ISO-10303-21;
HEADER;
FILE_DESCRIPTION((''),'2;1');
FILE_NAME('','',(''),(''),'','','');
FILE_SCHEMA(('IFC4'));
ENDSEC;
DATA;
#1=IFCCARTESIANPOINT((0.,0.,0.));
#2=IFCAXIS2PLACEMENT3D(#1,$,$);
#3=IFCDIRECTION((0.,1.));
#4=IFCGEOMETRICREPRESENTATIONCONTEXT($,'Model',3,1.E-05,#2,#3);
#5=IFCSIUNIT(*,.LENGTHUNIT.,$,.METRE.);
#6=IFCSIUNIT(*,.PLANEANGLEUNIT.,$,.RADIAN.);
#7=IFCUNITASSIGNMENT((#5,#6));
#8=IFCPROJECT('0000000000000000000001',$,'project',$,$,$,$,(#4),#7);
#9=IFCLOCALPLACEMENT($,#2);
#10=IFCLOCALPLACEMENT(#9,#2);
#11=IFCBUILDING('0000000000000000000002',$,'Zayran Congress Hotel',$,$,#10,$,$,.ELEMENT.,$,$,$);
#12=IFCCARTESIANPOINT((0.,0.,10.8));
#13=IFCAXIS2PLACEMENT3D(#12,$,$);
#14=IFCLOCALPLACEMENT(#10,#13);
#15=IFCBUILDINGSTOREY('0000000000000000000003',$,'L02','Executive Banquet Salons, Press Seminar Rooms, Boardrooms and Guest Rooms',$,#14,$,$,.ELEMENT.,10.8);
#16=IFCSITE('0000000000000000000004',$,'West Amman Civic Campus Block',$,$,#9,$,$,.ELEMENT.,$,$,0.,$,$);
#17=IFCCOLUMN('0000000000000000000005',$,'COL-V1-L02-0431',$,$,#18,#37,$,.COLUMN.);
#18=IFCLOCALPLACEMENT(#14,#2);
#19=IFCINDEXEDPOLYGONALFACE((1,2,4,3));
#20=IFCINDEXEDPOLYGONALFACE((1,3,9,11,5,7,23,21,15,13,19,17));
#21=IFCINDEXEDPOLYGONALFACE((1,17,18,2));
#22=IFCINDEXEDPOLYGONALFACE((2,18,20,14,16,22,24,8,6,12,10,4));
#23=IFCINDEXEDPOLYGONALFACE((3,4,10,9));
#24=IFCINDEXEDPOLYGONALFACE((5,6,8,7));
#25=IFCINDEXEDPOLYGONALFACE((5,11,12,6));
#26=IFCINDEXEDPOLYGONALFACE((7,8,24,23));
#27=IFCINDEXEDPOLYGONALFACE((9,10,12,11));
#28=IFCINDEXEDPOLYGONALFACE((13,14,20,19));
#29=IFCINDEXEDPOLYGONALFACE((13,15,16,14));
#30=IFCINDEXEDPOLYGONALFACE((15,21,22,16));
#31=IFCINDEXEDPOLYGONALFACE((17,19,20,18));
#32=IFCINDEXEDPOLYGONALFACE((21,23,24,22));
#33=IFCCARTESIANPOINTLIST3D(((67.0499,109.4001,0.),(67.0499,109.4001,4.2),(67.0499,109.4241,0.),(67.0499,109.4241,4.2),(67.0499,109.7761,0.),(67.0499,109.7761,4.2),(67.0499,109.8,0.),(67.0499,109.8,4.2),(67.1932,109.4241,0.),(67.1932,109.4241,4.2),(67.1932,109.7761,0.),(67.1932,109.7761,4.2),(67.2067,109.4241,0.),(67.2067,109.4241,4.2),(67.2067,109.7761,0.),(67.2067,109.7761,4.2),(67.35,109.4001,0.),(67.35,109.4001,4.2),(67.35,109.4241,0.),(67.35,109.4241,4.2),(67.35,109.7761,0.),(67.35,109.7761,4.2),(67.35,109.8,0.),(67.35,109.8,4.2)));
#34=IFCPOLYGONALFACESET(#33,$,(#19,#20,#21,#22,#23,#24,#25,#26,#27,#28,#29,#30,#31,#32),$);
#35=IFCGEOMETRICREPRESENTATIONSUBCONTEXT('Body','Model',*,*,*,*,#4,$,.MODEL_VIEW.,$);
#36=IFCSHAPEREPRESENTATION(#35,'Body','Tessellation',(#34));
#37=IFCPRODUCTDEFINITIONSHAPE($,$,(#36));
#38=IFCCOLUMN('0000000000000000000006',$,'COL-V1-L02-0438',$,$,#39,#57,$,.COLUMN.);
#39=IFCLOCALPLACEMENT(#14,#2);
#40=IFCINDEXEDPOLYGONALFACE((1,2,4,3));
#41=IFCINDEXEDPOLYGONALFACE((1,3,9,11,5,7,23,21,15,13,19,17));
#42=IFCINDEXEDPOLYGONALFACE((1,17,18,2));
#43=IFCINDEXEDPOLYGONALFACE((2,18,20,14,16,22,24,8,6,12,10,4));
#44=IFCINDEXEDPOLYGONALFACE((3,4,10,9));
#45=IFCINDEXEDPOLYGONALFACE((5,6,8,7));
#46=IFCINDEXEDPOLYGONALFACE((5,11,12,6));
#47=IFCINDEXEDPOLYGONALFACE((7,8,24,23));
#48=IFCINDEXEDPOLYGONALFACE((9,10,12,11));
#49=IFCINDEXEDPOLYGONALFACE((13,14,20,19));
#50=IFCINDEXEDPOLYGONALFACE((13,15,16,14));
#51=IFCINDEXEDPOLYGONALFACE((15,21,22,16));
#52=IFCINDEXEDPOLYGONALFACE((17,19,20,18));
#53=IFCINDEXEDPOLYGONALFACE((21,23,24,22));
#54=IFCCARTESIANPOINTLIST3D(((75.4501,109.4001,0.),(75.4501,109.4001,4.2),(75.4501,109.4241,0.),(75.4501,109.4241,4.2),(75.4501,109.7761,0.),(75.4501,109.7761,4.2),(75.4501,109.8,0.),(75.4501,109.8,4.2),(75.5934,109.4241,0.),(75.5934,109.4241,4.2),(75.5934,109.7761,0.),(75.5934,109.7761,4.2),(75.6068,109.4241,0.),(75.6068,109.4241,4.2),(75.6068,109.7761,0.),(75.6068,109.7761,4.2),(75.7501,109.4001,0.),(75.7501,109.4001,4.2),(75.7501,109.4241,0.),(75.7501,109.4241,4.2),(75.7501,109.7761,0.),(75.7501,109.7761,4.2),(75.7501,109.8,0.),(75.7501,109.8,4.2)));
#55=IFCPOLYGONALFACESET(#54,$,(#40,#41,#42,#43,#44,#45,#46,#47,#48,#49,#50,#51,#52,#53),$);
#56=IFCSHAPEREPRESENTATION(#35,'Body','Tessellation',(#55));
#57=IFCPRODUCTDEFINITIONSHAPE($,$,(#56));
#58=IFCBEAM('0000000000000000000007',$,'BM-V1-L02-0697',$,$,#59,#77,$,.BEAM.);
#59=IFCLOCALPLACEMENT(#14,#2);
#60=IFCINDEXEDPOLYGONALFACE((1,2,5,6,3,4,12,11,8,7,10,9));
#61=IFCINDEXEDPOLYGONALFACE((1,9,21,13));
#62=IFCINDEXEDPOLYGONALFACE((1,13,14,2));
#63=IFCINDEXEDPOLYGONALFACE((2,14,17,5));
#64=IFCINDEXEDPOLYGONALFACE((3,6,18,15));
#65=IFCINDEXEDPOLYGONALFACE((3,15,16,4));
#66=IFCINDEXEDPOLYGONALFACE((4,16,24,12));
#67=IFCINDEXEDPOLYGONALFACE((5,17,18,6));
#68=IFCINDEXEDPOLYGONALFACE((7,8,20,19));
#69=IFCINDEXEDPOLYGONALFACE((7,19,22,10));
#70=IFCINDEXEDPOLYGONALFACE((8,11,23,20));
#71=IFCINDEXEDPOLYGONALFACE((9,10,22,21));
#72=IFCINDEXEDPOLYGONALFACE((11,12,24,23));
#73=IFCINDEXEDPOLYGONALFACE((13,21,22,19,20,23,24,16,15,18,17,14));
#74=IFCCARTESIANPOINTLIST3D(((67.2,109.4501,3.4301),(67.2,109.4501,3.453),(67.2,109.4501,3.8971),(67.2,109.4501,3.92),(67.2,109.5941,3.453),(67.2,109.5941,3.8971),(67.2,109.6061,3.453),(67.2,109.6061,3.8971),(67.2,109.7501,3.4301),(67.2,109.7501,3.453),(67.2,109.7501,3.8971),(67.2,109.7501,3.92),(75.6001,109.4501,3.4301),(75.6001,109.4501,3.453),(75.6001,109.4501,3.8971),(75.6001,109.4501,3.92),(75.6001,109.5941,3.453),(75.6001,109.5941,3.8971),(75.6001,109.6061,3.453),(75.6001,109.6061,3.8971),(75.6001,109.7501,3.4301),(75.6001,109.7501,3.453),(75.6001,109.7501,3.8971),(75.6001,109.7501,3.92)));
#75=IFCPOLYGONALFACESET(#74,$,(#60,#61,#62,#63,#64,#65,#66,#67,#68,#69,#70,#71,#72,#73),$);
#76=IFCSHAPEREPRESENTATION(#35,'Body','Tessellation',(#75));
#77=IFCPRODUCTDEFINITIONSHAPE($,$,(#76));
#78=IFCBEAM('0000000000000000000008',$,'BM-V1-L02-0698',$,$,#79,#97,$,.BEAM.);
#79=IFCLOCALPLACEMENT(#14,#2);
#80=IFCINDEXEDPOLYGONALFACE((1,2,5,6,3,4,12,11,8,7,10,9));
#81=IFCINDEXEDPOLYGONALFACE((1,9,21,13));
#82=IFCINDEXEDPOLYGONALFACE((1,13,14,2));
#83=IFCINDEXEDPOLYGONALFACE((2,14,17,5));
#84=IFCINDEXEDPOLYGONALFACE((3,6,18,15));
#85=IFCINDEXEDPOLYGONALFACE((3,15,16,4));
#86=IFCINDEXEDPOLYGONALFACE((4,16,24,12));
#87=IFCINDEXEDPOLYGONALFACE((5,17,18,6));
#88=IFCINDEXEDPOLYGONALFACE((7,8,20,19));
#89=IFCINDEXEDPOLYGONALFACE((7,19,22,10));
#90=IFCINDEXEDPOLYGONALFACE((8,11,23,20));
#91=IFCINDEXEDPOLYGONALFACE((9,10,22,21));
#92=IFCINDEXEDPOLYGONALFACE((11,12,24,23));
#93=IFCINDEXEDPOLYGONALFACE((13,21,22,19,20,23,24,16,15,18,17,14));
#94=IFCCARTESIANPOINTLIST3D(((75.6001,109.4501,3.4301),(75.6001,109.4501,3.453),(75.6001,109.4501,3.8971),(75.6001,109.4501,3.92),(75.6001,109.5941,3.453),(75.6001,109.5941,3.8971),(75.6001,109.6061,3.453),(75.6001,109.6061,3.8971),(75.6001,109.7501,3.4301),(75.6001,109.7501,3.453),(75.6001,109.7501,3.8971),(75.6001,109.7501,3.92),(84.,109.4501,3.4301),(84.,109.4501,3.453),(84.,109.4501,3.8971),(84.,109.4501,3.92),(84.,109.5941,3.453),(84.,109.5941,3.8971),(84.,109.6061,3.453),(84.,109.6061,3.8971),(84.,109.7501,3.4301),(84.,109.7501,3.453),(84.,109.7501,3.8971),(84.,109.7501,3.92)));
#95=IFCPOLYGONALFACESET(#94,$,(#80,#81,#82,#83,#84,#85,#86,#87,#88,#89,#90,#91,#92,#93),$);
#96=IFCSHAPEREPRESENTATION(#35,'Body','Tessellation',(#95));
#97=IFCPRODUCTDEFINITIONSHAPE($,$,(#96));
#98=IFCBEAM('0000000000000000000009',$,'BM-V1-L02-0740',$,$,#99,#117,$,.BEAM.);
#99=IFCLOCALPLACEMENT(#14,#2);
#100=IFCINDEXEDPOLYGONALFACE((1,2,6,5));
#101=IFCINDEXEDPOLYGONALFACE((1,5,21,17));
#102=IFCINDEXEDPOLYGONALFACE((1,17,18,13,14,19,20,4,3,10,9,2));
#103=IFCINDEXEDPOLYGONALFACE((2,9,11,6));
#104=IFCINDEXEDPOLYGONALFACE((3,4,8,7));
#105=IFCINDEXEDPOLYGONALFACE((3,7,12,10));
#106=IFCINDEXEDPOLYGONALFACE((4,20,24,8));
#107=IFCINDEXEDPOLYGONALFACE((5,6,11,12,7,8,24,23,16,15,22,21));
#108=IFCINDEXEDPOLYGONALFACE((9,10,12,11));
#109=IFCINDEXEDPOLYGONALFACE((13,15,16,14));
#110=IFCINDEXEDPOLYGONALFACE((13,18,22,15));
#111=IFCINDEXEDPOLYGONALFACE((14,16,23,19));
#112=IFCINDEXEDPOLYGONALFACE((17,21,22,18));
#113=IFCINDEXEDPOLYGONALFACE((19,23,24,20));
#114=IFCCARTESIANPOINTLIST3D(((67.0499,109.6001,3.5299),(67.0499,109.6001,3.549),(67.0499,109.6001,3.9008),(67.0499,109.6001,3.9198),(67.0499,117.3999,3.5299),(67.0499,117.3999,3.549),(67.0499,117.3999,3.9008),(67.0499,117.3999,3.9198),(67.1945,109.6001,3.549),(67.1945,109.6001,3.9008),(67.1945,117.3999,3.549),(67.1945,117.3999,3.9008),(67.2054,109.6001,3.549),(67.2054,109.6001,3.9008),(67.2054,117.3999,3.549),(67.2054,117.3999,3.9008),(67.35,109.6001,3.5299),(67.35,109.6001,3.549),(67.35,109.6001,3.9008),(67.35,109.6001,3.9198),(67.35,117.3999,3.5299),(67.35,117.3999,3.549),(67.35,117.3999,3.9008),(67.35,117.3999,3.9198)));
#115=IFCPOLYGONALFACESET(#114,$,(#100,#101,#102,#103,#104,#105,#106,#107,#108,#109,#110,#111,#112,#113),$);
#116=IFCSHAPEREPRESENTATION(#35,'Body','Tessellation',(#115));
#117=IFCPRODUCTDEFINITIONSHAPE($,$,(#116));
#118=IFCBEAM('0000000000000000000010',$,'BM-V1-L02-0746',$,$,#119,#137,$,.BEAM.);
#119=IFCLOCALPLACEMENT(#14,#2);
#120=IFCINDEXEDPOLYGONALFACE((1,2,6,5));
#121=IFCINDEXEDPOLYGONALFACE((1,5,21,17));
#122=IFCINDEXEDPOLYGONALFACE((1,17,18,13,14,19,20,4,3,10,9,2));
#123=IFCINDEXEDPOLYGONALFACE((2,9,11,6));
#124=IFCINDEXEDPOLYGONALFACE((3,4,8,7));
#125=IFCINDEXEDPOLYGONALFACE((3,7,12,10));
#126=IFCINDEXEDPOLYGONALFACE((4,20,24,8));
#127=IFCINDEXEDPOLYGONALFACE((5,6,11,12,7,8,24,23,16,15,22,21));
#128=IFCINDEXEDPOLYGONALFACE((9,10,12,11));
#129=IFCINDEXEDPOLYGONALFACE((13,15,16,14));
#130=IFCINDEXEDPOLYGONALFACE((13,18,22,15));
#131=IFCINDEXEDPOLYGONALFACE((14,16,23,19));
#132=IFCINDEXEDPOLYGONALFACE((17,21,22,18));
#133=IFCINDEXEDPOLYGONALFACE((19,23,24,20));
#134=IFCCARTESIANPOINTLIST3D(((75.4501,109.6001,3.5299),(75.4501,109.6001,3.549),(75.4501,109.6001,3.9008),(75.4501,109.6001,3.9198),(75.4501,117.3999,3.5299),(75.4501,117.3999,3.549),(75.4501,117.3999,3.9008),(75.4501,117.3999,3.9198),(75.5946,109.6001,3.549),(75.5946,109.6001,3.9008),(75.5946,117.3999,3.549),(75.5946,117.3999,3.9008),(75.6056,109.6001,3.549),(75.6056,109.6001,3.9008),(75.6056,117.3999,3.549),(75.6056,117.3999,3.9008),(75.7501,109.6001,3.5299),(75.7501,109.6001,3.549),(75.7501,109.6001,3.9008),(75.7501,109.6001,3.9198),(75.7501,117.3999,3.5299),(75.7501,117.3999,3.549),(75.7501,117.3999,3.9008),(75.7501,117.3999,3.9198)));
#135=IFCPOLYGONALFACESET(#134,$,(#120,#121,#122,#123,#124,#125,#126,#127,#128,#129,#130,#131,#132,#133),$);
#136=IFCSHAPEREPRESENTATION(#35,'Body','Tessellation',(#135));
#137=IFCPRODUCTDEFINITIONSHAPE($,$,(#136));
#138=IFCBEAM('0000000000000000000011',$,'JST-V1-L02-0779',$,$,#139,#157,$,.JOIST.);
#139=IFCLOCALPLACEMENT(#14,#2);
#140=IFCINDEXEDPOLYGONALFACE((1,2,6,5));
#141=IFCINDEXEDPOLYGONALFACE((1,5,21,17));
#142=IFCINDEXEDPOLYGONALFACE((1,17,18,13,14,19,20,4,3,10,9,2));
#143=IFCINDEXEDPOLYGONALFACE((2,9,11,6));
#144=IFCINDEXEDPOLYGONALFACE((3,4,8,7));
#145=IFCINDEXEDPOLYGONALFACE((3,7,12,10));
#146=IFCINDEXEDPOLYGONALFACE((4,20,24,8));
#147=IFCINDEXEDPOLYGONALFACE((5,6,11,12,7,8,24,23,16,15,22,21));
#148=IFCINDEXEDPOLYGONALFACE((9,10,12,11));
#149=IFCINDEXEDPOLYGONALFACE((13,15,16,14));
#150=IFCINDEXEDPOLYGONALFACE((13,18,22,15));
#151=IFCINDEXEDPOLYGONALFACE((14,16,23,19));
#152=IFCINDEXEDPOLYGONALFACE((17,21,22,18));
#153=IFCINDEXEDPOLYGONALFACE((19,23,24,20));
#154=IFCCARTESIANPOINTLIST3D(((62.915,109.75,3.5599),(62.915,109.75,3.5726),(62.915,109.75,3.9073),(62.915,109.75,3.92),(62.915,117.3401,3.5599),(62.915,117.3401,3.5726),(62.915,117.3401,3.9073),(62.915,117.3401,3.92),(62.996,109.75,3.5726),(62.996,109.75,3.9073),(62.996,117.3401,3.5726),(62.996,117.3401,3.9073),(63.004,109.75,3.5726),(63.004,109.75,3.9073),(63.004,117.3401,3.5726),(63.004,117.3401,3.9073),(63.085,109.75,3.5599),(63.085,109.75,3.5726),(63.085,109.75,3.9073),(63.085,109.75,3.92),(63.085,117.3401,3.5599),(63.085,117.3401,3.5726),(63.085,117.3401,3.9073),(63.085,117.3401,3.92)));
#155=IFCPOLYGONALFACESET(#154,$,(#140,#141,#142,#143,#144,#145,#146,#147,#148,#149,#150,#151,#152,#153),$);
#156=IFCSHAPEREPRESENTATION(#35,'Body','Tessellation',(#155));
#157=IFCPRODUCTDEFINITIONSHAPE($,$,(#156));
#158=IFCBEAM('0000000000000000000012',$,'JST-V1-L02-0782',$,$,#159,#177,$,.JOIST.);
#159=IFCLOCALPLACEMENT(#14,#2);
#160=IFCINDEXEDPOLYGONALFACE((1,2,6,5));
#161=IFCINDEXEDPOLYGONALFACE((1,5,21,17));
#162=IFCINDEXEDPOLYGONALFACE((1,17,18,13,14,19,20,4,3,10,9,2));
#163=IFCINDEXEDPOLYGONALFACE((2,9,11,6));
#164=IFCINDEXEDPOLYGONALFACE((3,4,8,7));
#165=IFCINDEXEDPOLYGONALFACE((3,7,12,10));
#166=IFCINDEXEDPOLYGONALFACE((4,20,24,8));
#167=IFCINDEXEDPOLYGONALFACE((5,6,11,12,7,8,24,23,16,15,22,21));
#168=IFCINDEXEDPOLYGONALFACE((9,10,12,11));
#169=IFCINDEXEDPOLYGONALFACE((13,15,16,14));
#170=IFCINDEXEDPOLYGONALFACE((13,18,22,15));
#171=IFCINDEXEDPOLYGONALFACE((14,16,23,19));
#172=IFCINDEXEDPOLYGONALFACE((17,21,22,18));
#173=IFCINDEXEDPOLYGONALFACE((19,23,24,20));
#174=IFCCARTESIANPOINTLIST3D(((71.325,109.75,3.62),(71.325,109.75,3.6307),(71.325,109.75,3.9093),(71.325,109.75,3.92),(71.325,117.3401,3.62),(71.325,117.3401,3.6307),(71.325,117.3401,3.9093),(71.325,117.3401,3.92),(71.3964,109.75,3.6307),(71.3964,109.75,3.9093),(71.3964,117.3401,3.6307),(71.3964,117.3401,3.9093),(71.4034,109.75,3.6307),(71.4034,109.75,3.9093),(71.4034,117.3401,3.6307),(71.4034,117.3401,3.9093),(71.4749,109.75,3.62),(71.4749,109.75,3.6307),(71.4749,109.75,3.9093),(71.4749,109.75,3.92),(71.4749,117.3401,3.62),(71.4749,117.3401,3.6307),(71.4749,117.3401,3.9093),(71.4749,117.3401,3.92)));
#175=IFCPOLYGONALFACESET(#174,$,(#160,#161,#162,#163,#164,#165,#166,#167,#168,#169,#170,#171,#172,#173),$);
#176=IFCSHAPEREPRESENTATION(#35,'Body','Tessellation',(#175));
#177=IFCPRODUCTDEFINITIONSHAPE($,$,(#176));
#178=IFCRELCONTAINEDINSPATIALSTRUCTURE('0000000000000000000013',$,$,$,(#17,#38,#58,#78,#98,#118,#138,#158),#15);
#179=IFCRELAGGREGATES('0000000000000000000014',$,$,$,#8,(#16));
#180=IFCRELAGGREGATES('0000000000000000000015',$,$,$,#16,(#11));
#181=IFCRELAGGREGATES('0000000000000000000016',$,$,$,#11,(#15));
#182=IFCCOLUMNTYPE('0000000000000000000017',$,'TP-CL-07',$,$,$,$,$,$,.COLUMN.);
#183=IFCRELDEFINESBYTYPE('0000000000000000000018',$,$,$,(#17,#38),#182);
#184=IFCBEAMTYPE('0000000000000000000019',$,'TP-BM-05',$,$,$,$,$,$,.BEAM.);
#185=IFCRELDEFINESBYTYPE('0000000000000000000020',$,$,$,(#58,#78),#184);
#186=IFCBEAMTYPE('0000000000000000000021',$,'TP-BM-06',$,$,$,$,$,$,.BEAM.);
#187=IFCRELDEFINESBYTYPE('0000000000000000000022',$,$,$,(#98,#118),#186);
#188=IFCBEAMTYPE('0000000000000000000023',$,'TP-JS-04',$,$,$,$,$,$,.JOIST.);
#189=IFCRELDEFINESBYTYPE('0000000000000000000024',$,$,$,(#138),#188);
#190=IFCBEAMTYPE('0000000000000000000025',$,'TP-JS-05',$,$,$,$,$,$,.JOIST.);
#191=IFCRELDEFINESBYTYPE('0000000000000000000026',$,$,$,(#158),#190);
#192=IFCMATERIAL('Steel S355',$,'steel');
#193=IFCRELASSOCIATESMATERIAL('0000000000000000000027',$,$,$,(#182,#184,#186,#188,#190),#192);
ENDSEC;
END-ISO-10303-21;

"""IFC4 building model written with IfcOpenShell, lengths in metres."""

from ifc_helpers import new_model, si_unit, direction, frame, origin, origin_2d, place, context, subcontext, project, spatial, i_section, extrude, material, material_profile, profile_set, type_object, element, save


model = new_model("IFC4")

# Units and contexts
model_context = context("Model", 3, precision=1e-05, world=origin(), true_north=direction((0.0, 1.0)))
body_context = subcontext(model_context, "Body", "Model", "MODEL_VIEW")
ifc_project = project(units=[si_unit("LENGTHUNIT", "METRE"), si_unit("PLANEANGLEUNIT", "RADIAN")], contexts=[model_context])

# Site, building, storey
site_placement = place(None, origin())
site = spatial("IfcSite", under=ifc_project, at=site_placement, Name="West Amman Civic Campus Block", CompositionType="ELEMENT", RefElevation=0.0)
building_placement = place(site_placement, origin())
building = spatial("IfcBuilding", under=site, at=building_placement, Name="Zayran Congress Hotel", CompositionType="ELEMENT")
storey_placement = place(building_placement, frame((0.0, 0.0, 10.8)))
storey = spatial("IfcBuildingStorey", under=building, at=storey_placement, Name="L02", Description="Executive Banquet Salons, Press Seminar Rooms, Boardrooms and Guest Rooms", CompositionType="ELEMENT", Elevation=10.8)

# Columns
ifc_material_1 = material(Name="Steel S355", Category="steel")
ifc_material_profile_1 = material_profile(ifc_material_1, i_section(OverallWidth=0.3, OverallDepth=0.3999, WebThickness=0.0134, FlangeThickness=0.0239, at=origin_2d()), Name="HEB 400")
ifc_profile_set_1 = profile_set([ifc_material_profile_1], Name="Steel S355")
column_type = type_object("IfcColumnType", Name="TP-CL-07", PredefinedType="COLUMN", material=ifc_profile_set_1)
for number, where, z_axis, x_axis, name in (
    (1, (67.2, 109.6001, 0.0), (0.0, 0.0, 1.0), (1.0, 0.0, 0.0), "COL-V1-L02-0431"),
    (2, (75.6001, 109.6001, 0.0), (0.0, 0.0, 1.0), (1.0, 0.0, 0.0), "COL-V1-L02-0438"),
):
    element("IfcColumn", number, at=place(storey_placement, frame(where, z_axis=z_axis, x_axis=x_axis)), inside=storey, type_object=column_type, Name=name, PredefinedType="COLUMN", context=body_context, shape_type="SweptSolid", body=[
        extrude(i_section(OverallWidth=0.3, OverallDepth=0.3999, WebThickness=0.0134, FlangeThickness=0.0239, at=origin_2d()), origin(), (0.0, 0.0, 1.0), 4.2),
    ])

# Beams
ifc_material_profile_2 = material_profile(ifc_material_1, i_section(OverallWidth=0.3, OverallDepth=0.49, WebThickness=0.012, FlangeThickness=0.0229, at=origin_2d()), Name="HEA 500")
ifc_profile_set_2 = profile_set([ifc_material_profile_2], Name="Steel S355")
beam_type_1 = type_object("IfcBeamType", Name="TP-BM-05", PredefinedType="BEAM", material=ifc_profile_set_2)
beam_1_placement = place(storey_placement, frame((67.2, 109.6001, 3.675), z_axis=(1.0, 0.0, 0.0), x_axis=(0.0, 1.0, 0.0)))
element("IfcBeam", 3, at=beam_1_placement, inside=storey, type_object=beam_type_1, Name="BM-V1-L02-0697", PredefinedType="BEAM", context=body_context, shape_type="SweptSolid", body=[
    extrude(i_section(OverallWidth=0.3, OverallDepth=0.49, WebThickness=0.012, FlangeThickness=0.0229, at=origin_2d()), origin(), (0.0, 0.0, 1.0), 8.4001),
])
beam_2_placement = place(storey_placement, frame((75.6001, 109.6001, 3.675), z_axis=(1.0, 0.0, 0.0), x_axis=(0.0, 1.0, 0.0)))
element("IfcBeam", 4, at=beam_2_placement, inside=storey, type_object=beam_type_1, Name="BM-V1-L02-0698", PredefinedType="BEAM", context=body_context, shape_type="SweptSolid", body=[
    extrude(i_section(OverallWidth=0.3, OverallDepth=0.49, WebThickness=0.012, FlangeThickness=0.0229, at=origin_2d()), origin(), (0.0, 0.0, 1.0), 8.3999),
])
ifc_material_profile_3 = material_profile(ifc_material_1, i_section(OverallWidth=0.3, OverallDepth=0.3899, WebThickness=0.011, FlangeThickness=0.019, at=origin_2d()), Name="HEA 400")
ifc_profile_set_3 = profile_set([ifc_material_profile_3], Name="Steel S355")
beam_type_2 = type_object("IfcBeamType", Name="TP-BM-06", PredefinedType="BEAM", material=ifc_profile_set_3)
for number, where, z_axis, x_axis, name in (
    (5, (67.2, 109.6001, 3.7249), (0.0, 1.0, 0.0), (-1.0, 0.0, 0.0), "BM-V1-L02-0740"),
    (6, (75.6001, 109.6001, 3.7249), (0.0, 1.0, 0.0), (-1.0, 0.0, 0.0), "BM-V1-L02-0746"),
):
    element("IfcBeam", number, at=place(storey_placement, frame(where, z_axis=z_axis, x_axis=x_axis)), inside=storey, type_object=beam_type_2, Name=name, PredefinedType="BEAM", context=body_context, shape_type="SweptSolid", body=[
        extrude(i_section(OverallWidth=0.3, OverallDepth=0.3899, WebThickness=0.011, FlangeThickness=0.019, at=origin_2d()), origin(), (0.0, 0.0, 1.0), 7.7998),
    ])
ifc_material_profile_4 = material_profile(ifc_material_1, i_section(OverallWidth=0.1699, OverallDepth=0.3601, WebThickness=0.0081, FlangeThickness=0.0127, at=origin_2d()), Name="IPE 360")
ifc_profile_set_4 = profile_set([ifc_material_profile_4], Name="Steel S355")
beam_type_3 = type_object("IfcBeamType", Name="TP-JS-04", PredefinedType="JOIST", material=ifc_profile_set_4)
beam_3_placement = place(storey_placement, frame((63.0, 109.75, 3.74), z_axis=(0.0, 1.0, 0.0), x_axis=(-1.0, 0.0, 0.0)))
element("IfcBeam", 7, at=beam_3_placement, inside=storey, type_object=beam_type_3, Name="JST-V1-L02-0779", PredefinedType="JOIST", context=body_context, shape_type="SweptSolid", body=[
    extrude(i_section(OverallWidth=0.1699, OverallDepth=0.3601, WebThickness=0.0081, FlangeThickness=0.0127, at=origin_2d()), origin(), (0.0, 0.0, 1.0), 7.5901),
])
ifc_material_profile_5 = material_profile(ifc_material_1, i_section(OverallWidth=0.1499, OverallDepth=0.3, WebThickness=0.0071, FlangeThickness=0.0107, at=origin_2d()), Name="IPE 300")
ifc_profile_set_5 = profile_set([ifc_material_profile_5], Name="Steel S355")
beam_type_4 = type_object("IfcBeamType", Name="TP-JS-05", PredefinedType="JOIST", material=ifc_profile_set_5)
beam_4_placement = place(storey_placement, frame((71.3999, 109.75, 3.77), z_axis=(0.0, 1.0, 0.0), x_axis=(-1.0, 0.0, 0.0)))
element("IfcBeam", 8, at=beam_4_placement, inside=storey, type_object=beam_type_4, Name="JST-V1-L02-0782", PredefinedType="JOIST", context=body_context, shape_type="SweptSolid", body=[
    extrude(i_section(OverallWidth=0.1499, OverallDepth=0.3, WebThickness=0.0071, FlangeThickness=0.0107, at=origin_2d()), origin(), (0.0, 0.0, 1.0), 7.5901),
])

save(model, "model.ifc")
